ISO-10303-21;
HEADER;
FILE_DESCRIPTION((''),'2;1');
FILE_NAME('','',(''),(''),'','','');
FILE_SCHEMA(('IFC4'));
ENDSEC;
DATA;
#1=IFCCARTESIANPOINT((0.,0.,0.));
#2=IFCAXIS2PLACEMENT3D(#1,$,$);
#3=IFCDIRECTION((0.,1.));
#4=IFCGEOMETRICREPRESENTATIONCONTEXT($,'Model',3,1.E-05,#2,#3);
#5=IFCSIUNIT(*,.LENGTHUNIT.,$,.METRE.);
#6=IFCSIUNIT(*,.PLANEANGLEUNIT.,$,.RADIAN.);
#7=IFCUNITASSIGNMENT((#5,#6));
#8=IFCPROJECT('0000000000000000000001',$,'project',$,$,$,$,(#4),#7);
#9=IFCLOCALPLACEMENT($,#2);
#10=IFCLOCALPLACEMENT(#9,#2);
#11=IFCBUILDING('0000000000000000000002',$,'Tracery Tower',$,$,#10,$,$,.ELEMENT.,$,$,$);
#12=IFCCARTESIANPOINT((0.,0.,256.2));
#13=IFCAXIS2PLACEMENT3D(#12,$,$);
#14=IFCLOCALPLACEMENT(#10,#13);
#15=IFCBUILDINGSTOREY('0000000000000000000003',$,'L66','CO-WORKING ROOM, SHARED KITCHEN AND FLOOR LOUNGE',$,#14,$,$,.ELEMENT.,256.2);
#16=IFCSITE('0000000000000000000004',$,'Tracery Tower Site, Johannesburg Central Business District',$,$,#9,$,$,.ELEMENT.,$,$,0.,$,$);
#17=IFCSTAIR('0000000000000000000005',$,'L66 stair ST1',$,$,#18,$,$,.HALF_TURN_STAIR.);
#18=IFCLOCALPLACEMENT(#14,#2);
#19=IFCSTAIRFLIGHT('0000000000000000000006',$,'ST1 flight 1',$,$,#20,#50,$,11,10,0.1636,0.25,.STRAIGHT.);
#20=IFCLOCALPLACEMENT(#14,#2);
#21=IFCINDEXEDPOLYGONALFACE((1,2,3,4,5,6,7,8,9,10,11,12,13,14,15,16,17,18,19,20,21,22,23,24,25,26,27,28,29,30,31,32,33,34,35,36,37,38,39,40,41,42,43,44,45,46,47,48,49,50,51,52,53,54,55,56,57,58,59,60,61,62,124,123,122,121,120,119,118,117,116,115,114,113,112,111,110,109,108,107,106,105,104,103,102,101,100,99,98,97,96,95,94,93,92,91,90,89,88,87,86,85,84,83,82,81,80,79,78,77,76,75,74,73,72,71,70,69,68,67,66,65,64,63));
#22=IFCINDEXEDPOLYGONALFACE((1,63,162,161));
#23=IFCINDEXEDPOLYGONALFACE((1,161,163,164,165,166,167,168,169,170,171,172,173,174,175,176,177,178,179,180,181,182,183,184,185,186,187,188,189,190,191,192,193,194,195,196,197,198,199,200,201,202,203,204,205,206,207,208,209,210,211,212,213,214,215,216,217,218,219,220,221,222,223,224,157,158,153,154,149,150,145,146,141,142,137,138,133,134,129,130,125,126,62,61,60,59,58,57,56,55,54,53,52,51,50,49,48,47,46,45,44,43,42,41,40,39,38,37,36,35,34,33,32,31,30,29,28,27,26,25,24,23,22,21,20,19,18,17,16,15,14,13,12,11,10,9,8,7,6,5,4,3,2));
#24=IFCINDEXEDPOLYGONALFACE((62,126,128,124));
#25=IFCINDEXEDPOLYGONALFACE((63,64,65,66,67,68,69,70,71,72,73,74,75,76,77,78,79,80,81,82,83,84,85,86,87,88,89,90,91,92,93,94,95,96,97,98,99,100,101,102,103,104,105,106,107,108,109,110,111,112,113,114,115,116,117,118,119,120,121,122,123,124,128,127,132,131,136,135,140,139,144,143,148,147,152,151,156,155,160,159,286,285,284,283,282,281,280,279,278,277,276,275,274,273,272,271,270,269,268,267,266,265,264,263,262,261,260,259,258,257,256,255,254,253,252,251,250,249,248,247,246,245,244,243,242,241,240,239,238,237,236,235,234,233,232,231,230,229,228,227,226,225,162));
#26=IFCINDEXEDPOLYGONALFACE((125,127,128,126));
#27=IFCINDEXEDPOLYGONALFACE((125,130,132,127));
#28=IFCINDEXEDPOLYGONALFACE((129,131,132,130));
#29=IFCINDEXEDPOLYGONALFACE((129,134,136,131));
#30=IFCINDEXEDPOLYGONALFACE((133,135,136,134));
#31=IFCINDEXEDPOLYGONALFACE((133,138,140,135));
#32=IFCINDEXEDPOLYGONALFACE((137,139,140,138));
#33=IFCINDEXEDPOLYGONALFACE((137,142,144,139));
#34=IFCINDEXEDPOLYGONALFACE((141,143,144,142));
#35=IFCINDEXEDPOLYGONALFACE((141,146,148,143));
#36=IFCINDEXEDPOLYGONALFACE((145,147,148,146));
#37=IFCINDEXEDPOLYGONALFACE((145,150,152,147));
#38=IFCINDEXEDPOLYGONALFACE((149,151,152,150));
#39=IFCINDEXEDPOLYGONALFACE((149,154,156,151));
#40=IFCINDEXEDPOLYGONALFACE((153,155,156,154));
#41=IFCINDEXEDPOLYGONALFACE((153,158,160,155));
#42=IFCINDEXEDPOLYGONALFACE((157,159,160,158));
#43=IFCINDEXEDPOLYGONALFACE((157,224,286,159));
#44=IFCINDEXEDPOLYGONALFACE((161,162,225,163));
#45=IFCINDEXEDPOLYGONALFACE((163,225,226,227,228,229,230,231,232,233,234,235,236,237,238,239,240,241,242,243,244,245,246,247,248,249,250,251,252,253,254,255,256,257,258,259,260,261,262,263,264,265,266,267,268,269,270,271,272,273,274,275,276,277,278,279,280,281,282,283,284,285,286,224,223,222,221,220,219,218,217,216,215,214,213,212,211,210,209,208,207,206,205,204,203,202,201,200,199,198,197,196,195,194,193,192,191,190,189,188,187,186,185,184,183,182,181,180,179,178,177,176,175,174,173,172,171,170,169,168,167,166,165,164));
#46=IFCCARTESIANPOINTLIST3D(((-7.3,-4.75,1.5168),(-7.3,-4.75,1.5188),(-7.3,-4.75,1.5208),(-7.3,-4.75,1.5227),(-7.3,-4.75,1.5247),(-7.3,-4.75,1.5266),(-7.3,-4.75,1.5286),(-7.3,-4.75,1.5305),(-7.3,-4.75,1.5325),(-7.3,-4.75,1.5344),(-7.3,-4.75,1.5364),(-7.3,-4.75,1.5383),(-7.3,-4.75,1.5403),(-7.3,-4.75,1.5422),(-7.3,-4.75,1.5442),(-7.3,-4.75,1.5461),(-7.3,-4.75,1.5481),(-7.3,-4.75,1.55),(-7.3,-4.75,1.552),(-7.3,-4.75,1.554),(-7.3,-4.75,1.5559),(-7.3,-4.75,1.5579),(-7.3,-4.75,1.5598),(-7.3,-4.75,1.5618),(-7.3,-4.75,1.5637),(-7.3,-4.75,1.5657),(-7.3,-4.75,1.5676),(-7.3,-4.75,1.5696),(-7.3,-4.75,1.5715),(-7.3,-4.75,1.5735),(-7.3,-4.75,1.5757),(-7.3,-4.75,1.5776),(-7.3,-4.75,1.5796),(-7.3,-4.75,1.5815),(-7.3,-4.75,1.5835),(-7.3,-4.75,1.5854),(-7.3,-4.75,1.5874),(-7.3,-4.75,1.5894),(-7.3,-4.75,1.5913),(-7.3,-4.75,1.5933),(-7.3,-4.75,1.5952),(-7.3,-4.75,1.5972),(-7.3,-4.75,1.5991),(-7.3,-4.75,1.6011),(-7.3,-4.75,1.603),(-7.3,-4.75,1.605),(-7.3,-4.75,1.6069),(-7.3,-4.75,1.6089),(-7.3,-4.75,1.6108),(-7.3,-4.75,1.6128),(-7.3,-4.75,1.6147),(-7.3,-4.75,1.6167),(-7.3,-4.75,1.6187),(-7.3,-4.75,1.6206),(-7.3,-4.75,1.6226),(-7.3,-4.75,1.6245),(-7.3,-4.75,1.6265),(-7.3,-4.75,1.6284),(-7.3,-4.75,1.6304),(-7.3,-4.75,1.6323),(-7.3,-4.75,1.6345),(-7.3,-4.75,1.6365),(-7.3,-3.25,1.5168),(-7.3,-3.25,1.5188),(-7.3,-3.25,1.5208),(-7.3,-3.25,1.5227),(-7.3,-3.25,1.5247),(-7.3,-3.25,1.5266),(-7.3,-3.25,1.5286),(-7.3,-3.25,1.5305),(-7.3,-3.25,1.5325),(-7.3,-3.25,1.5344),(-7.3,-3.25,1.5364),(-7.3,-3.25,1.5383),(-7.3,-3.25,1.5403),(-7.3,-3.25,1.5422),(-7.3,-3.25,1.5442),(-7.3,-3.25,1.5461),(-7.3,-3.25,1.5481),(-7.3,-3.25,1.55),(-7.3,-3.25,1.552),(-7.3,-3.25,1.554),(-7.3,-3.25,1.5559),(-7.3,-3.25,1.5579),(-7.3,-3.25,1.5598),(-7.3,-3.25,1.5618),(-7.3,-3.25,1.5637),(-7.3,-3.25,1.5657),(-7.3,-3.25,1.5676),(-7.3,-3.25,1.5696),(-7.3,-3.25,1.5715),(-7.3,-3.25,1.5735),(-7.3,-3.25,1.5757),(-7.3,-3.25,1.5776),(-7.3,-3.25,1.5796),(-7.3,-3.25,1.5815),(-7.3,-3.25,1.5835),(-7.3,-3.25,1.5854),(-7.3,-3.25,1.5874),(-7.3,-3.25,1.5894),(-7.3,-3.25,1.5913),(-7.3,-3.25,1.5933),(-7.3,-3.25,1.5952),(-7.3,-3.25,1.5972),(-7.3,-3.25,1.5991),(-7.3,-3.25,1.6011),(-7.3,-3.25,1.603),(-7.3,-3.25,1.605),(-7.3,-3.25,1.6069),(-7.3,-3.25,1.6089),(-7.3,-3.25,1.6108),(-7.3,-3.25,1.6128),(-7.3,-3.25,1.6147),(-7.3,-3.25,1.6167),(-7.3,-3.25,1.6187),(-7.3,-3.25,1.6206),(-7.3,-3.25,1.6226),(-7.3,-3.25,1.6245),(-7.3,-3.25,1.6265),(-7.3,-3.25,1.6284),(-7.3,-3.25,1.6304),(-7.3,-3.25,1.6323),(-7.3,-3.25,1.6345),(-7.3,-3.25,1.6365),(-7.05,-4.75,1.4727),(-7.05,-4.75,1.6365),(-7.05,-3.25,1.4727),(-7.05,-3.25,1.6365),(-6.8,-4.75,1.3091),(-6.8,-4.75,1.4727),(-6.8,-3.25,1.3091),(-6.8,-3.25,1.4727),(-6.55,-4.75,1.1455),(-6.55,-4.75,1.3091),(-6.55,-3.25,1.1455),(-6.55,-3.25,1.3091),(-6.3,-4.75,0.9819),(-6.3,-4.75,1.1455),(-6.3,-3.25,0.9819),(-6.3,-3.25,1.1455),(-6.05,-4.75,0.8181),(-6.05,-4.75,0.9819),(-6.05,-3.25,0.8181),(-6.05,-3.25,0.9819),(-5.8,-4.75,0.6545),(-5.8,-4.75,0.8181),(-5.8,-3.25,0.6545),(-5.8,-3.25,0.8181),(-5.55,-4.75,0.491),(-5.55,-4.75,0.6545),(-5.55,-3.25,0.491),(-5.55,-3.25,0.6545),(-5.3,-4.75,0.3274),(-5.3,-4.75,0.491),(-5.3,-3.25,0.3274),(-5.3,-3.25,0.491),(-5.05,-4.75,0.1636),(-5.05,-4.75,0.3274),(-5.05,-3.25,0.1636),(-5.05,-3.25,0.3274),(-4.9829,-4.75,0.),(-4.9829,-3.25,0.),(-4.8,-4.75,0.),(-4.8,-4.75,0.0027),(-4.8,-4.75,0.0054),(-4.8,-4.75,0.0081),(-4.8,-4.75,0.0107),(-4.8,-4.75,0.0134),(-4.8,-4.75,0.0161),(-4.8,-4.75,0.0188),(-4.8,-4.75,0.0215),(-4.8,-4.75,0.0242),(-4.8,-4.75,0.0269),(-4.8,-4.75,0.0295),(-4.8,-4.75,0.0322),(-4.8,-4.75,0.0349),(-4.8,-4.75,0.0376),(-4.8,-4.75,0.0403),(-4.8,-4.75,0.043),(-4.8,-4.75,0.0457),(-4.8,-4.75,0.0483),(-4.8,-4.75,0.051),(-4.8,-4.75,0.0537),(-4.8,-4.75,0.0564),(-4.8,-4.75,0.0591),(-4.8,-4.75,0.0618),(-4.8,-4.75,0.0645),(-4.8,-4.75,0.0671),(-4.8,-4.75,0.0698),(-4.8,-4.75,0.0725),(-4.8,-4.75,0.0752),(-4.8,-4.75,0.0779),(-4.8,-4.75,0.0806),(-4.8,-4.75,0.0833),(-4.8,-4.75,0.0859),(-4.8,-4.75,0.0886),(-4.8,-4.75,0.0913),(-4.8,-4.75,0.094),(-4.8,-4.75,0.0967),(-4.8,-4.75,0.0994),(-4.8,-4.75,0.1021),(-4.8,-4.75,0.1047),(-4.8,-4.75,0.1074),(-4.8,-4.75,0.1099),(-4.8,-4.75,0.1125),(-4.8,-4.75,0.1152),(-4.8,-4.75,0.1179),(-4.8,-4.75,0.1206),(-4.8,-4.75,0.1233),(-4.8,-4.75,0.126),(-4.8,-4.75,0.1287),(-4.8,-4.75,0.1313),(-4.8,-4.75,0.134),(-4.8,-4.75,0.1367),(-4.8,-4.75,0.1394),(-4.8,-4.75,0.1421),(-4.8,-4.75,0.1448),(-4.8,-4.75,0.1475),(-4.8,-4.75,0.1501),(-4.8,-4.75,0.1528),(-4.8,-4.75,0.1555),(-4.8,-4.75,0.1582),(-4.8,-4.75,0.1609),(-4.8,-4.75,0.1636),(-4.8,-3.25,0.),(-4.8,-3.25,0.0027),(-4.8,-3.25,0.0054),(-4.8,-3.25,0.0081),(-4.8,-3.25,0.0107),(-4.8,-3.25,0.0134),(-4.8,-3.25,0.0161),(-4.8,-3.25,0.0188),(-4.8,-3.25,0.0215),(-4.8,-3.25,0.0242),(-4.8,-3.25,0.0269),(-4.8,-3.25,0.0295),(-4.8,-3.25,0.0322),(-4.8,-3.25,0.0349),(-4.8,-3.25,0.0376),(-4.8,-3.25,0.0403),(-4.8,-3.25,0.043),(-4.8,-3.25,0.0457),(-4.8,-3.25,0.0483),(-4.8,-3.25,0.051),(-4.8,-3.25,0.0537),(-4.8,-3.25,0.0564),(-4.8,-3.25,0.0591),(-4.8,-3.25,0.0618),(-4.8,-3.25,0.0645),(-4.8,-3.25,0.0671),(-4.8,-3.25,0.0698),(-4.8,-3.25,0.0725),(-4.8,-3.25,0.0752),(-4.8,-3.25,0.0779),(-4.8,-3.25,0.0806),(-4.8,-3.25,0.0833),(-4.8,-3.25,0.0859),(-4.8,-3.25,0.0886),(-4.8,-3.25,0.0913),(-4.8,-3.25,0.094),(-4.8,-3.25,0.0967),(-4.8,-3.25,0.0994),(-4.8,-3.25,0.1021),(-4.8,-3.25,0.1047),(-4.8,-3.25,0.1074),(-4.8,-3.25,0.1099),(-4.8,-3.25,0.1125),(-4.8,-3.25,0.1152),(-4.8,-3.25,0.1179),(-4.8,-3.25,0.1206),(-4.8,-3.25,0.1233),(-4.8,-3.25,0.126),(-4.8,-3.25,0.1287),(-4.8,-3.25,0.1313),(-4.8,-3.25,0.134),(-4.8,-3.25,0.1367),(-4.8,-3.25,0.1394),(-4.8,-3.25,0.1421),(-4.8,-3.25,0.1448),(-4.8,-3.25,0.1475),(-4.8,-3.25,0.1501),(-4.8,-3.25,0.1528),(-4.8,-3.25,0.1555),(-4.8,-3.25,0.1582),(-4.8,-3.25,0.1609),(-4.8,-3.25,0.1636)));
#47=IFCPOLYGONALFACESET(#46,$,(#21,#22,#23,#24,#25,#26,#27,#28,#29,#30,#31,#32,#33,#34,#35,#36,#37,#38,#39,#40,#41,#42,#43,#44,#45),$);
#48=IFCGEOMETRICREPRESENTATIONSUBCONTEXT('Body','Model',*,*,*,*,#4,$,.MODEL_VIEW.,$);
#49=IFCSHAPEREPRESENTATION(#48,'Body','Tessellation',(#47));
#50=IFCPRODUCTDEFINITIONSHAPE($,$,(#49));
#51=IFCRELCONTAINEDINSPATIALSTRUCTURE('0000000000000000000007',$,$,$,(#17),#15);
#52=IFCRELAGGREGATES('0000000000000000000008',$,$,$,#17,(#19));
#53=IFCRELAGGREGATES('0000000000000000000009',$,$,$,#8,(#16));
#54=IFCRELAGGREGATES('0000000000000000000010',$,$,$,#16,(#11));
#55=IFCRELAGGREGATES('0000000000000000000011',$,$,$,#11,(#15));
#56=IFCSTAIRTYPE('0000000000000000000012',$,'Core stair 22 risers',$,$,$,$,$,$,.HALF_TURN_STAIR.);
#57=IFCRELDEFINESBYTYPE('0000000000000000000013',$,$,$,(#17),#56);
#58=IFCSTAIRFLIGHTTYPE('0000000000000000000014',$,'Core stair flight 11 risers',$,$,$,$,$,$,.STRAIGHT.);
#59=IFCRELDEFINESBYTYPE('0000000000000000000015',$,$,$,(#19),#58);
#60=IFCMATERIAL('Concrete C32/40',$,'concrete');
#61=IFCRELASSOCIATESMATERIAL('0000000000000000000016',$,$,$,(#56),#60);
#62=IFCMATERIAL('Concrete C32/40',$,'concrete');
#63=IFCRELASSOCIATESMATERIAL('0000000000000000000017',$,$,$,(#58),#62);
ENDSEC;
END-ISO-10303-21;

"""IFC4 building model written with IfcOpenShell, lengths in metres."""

from ifc_helpers import new_model, si_unit, direction, frame, origin, place, context, subcontext, project, spatial, polyline, outline, extrude, material, type_object, element, aggregate, save


model = new_model("IFC4")

# Units and contexts
model_context = context("Model", 3, precision=1e-05, world=origin(), true_north=direction((0.0, 1.0)))
body_context = subcontext(model_context, "Body", "Model", "MODEL_VIEW")
ifc_project = project(units=[si_unit("LENGTHUNIT", "METRE"), si_unit("PLANEANGLEUNIT", "RADIAN")], contexts=[model_context])

# Site, building, storey
site_placement = place(None, origin())
site = spatial("IfcSite", under=ifc_project, at=site_placement, Name="Tracery Tower Site, Johannesburg Central Business District", CompositionType="ELEMENT", RefElevation=0.0)
building_placement = place(site_placement, origin())
building = spatial("IfcBuilding", under=site, at=building_placement, Name="Tracery Tower", CompositionType="ELEMENT")
storey_placement = place(building_placement, frame((0.0, 0.0, 256.2)))
storey = spatial("IfcBuildingStorey", under=building, at=storey_placement, Name="L66", Description="CO-WORKING ROOM, SHARED KITCHEN AND FLOOR LOUNGE", CompositionType="ELEMENT", Elevation=256.2)

# Stair, stair flight
ifc_material_1 = material(Name="Concrete C32/40", Category="concrete")
stair_type = type_object("IfcStairType", Name="Core stair 22 risers", PredefinedType="HALF_TURN_STAIR", material=ifc_material_1)
stair_placement = place(storey_placement, origin())
stair = element("IfcStair", 1, at=stair_placement, inside=storey, type_object=stair_type, Name="L66 stair ST1", PredefinedType="HALF_TURN_STAIR")
ifc_material_2 = material(Name="Concrete C32/40", Category="concrete")
stair_flight_type = type_object("IfcStairFlightType", Name="Core stair flight 11 risers", PredefinedType="STRAIGHT", material=ifc_material_2)
stair_flight_1_placement = place(storey_placement, frame((-4.8, -4.0, 0.0), z_axis=(0.0, 0.0, 1.0), x_axis=(-1.0, 0.0, 0.0)))
stair_flight_1 = element("IfcStairFlight", 2, at=stair_flight_1_placement, type_object=stair_flight_type, Name="ST1 flight 1", NumberOfRisers=11, NumberOfTreads=10, PredefinedType="STRAIGHT", RiserHeight=0.1636, TreadLength=0.25, context=body_context, shape_type="SweptSolid", body=[
    extrude(outline(polyline([(0.0, 0.0), (0.0, 0.0027), (0.0, 0.0054), (0.0, 0.0081), (0.0, 0.0107), (0.0, 0.0134), (0.0, 0.0161), (0.0, 0.0188), (0.0, 0.0215), (0.0, 0.0242), (0.0, 0.0269), (0.0, 0.0295), (0.0, 0.0322), (0.0, 0.0349), (0.0, 0.0376), (0.0, 0.0403), (0.0, 0.043), (0.0, 0.0457), (0.0, 0.0483), (0.0, 0.051), (0.0, 0.0537), (0.0, 0.0564), (0.0, 0.0591), (0.0, 0.0618), (0.0, 0.0645), (0.0, 0.0671), (0.0, 0.0698), (0.0, 0.0725), (0.0, 0.0752), (0.0, 0.0779), (0.0, 0.0806), (0.0, 0.0833), (0.0, 0.0859), (0.0, 0.0886), (0.0, 0.0913), (0.0, 0.094), (0.0, 0.0967), (0.0, 0.0994), (0.0, 0.1021), (0.0, 0.1047), (0.0, 0.1074), (0.0, 0.1099), (0.0, 0.1125), (0.0, 0.1152), (0.0, 0.1179), (0.0, 0.1206), (0.0, 0.1233), (0.0, 0.126), (0.0, 0.1287), (0.0, 0.1313), (0.0, 0.134), (0.0, 0.1367), (0.0, 0.1394), (0.0, 0.1421), (0.0, 0.1448), (0.0, 0.1475), (0.0, 0.1501), (0.0, 0.1528), (0.0, 0.1555), (0.0, 0.1582), (0.0, 0.1609), (0.0, 0.1636), (0.25, 0.1636), (0.25, 0.3274), (0.5, 0.3274), (0.5, 0.491), (0.75, 0.491), (0.75, 0.6545), (1.0, 0.6545), (1.0, 0.8181), (1.25, 0.8181), (1.25, 0.9819), (1.5, 0.9819), (1.5, 1.1455), (1.75, 1.1455), (1.75, 1.3091), (2.0, 1.3091), (2.0, 1.4727), (2.25, 1.4727), (2.25, 1.6365), (2.5, 1.6365), (2.5, 1.6345), (2.5, 1.6323), (2.5, 1.6304), (2.5, 1.6284), (2.5, 1.6265), (2.5, 1.6245), (2.5, 1.6226), (2.5, 1.6206), (2.5, 1.6187), (2.5, 1.6167), (2.5, 1.6147), (2.5, 1.6128), (2.5, 1.6108), (2.5, 1.6089), (2.5, 1.6069), (2.5, 1.605), (2.5, 1.603), (2.5, 1.6011), (2.5, 1.5991), (2.5, 1.5972), (2.5, 1.5952), (2.5, 1.5933), (2.5, 1.5913), (2.5, 1.5894), (2.5, 1.5874), (2.5, 1.5854), (2.5, 1.5835), (2.5, 1.5815), (2.5, 1.5796), (2.5, 1.5776), (2.5, 1.5757), (2.5, 1.5735), (2.5, 1.5715), (2.5, 1.5696), (2.5, 1.5676), (2.5, 1.5657), (2.5, 1.5637), (2.5, 1.5618), (2.5, 1.5598), (2.5, 1.5579), (2.5, 1.5559), (2.5, 1.554), (2.5, 1.552), (2.5, 1.55), (2.5, 1.5481), (2.5, 1.5461), (2.5, 1.5442), (2.5, 1.5422), (2.5, 1.5403), (2.5, 1.5383), (2.5, 1.5364), (2.5, 1.5344), (2.5, 1.5325), (2.5, 1.5305), (2.5, 1.5286), (2.5, 1.5266), (2.5, 1.5247), (2.5, 1.5227), (2.5, 1.5208), (2.5, 1.5188), (2.5, 1.5168), (0.1829, 0.0), (0.0, 0.0)])), frame((0.0, 0.75, 0.0), z_axis=(0.0, -1.0, 0.0), x_axis=(1.0, 0.0, 0.0)), (0.0, 0.0, 1.0), 1.5),
])
aggregate(stair, [stair_flight_1])

save(model, "model.ifc")
